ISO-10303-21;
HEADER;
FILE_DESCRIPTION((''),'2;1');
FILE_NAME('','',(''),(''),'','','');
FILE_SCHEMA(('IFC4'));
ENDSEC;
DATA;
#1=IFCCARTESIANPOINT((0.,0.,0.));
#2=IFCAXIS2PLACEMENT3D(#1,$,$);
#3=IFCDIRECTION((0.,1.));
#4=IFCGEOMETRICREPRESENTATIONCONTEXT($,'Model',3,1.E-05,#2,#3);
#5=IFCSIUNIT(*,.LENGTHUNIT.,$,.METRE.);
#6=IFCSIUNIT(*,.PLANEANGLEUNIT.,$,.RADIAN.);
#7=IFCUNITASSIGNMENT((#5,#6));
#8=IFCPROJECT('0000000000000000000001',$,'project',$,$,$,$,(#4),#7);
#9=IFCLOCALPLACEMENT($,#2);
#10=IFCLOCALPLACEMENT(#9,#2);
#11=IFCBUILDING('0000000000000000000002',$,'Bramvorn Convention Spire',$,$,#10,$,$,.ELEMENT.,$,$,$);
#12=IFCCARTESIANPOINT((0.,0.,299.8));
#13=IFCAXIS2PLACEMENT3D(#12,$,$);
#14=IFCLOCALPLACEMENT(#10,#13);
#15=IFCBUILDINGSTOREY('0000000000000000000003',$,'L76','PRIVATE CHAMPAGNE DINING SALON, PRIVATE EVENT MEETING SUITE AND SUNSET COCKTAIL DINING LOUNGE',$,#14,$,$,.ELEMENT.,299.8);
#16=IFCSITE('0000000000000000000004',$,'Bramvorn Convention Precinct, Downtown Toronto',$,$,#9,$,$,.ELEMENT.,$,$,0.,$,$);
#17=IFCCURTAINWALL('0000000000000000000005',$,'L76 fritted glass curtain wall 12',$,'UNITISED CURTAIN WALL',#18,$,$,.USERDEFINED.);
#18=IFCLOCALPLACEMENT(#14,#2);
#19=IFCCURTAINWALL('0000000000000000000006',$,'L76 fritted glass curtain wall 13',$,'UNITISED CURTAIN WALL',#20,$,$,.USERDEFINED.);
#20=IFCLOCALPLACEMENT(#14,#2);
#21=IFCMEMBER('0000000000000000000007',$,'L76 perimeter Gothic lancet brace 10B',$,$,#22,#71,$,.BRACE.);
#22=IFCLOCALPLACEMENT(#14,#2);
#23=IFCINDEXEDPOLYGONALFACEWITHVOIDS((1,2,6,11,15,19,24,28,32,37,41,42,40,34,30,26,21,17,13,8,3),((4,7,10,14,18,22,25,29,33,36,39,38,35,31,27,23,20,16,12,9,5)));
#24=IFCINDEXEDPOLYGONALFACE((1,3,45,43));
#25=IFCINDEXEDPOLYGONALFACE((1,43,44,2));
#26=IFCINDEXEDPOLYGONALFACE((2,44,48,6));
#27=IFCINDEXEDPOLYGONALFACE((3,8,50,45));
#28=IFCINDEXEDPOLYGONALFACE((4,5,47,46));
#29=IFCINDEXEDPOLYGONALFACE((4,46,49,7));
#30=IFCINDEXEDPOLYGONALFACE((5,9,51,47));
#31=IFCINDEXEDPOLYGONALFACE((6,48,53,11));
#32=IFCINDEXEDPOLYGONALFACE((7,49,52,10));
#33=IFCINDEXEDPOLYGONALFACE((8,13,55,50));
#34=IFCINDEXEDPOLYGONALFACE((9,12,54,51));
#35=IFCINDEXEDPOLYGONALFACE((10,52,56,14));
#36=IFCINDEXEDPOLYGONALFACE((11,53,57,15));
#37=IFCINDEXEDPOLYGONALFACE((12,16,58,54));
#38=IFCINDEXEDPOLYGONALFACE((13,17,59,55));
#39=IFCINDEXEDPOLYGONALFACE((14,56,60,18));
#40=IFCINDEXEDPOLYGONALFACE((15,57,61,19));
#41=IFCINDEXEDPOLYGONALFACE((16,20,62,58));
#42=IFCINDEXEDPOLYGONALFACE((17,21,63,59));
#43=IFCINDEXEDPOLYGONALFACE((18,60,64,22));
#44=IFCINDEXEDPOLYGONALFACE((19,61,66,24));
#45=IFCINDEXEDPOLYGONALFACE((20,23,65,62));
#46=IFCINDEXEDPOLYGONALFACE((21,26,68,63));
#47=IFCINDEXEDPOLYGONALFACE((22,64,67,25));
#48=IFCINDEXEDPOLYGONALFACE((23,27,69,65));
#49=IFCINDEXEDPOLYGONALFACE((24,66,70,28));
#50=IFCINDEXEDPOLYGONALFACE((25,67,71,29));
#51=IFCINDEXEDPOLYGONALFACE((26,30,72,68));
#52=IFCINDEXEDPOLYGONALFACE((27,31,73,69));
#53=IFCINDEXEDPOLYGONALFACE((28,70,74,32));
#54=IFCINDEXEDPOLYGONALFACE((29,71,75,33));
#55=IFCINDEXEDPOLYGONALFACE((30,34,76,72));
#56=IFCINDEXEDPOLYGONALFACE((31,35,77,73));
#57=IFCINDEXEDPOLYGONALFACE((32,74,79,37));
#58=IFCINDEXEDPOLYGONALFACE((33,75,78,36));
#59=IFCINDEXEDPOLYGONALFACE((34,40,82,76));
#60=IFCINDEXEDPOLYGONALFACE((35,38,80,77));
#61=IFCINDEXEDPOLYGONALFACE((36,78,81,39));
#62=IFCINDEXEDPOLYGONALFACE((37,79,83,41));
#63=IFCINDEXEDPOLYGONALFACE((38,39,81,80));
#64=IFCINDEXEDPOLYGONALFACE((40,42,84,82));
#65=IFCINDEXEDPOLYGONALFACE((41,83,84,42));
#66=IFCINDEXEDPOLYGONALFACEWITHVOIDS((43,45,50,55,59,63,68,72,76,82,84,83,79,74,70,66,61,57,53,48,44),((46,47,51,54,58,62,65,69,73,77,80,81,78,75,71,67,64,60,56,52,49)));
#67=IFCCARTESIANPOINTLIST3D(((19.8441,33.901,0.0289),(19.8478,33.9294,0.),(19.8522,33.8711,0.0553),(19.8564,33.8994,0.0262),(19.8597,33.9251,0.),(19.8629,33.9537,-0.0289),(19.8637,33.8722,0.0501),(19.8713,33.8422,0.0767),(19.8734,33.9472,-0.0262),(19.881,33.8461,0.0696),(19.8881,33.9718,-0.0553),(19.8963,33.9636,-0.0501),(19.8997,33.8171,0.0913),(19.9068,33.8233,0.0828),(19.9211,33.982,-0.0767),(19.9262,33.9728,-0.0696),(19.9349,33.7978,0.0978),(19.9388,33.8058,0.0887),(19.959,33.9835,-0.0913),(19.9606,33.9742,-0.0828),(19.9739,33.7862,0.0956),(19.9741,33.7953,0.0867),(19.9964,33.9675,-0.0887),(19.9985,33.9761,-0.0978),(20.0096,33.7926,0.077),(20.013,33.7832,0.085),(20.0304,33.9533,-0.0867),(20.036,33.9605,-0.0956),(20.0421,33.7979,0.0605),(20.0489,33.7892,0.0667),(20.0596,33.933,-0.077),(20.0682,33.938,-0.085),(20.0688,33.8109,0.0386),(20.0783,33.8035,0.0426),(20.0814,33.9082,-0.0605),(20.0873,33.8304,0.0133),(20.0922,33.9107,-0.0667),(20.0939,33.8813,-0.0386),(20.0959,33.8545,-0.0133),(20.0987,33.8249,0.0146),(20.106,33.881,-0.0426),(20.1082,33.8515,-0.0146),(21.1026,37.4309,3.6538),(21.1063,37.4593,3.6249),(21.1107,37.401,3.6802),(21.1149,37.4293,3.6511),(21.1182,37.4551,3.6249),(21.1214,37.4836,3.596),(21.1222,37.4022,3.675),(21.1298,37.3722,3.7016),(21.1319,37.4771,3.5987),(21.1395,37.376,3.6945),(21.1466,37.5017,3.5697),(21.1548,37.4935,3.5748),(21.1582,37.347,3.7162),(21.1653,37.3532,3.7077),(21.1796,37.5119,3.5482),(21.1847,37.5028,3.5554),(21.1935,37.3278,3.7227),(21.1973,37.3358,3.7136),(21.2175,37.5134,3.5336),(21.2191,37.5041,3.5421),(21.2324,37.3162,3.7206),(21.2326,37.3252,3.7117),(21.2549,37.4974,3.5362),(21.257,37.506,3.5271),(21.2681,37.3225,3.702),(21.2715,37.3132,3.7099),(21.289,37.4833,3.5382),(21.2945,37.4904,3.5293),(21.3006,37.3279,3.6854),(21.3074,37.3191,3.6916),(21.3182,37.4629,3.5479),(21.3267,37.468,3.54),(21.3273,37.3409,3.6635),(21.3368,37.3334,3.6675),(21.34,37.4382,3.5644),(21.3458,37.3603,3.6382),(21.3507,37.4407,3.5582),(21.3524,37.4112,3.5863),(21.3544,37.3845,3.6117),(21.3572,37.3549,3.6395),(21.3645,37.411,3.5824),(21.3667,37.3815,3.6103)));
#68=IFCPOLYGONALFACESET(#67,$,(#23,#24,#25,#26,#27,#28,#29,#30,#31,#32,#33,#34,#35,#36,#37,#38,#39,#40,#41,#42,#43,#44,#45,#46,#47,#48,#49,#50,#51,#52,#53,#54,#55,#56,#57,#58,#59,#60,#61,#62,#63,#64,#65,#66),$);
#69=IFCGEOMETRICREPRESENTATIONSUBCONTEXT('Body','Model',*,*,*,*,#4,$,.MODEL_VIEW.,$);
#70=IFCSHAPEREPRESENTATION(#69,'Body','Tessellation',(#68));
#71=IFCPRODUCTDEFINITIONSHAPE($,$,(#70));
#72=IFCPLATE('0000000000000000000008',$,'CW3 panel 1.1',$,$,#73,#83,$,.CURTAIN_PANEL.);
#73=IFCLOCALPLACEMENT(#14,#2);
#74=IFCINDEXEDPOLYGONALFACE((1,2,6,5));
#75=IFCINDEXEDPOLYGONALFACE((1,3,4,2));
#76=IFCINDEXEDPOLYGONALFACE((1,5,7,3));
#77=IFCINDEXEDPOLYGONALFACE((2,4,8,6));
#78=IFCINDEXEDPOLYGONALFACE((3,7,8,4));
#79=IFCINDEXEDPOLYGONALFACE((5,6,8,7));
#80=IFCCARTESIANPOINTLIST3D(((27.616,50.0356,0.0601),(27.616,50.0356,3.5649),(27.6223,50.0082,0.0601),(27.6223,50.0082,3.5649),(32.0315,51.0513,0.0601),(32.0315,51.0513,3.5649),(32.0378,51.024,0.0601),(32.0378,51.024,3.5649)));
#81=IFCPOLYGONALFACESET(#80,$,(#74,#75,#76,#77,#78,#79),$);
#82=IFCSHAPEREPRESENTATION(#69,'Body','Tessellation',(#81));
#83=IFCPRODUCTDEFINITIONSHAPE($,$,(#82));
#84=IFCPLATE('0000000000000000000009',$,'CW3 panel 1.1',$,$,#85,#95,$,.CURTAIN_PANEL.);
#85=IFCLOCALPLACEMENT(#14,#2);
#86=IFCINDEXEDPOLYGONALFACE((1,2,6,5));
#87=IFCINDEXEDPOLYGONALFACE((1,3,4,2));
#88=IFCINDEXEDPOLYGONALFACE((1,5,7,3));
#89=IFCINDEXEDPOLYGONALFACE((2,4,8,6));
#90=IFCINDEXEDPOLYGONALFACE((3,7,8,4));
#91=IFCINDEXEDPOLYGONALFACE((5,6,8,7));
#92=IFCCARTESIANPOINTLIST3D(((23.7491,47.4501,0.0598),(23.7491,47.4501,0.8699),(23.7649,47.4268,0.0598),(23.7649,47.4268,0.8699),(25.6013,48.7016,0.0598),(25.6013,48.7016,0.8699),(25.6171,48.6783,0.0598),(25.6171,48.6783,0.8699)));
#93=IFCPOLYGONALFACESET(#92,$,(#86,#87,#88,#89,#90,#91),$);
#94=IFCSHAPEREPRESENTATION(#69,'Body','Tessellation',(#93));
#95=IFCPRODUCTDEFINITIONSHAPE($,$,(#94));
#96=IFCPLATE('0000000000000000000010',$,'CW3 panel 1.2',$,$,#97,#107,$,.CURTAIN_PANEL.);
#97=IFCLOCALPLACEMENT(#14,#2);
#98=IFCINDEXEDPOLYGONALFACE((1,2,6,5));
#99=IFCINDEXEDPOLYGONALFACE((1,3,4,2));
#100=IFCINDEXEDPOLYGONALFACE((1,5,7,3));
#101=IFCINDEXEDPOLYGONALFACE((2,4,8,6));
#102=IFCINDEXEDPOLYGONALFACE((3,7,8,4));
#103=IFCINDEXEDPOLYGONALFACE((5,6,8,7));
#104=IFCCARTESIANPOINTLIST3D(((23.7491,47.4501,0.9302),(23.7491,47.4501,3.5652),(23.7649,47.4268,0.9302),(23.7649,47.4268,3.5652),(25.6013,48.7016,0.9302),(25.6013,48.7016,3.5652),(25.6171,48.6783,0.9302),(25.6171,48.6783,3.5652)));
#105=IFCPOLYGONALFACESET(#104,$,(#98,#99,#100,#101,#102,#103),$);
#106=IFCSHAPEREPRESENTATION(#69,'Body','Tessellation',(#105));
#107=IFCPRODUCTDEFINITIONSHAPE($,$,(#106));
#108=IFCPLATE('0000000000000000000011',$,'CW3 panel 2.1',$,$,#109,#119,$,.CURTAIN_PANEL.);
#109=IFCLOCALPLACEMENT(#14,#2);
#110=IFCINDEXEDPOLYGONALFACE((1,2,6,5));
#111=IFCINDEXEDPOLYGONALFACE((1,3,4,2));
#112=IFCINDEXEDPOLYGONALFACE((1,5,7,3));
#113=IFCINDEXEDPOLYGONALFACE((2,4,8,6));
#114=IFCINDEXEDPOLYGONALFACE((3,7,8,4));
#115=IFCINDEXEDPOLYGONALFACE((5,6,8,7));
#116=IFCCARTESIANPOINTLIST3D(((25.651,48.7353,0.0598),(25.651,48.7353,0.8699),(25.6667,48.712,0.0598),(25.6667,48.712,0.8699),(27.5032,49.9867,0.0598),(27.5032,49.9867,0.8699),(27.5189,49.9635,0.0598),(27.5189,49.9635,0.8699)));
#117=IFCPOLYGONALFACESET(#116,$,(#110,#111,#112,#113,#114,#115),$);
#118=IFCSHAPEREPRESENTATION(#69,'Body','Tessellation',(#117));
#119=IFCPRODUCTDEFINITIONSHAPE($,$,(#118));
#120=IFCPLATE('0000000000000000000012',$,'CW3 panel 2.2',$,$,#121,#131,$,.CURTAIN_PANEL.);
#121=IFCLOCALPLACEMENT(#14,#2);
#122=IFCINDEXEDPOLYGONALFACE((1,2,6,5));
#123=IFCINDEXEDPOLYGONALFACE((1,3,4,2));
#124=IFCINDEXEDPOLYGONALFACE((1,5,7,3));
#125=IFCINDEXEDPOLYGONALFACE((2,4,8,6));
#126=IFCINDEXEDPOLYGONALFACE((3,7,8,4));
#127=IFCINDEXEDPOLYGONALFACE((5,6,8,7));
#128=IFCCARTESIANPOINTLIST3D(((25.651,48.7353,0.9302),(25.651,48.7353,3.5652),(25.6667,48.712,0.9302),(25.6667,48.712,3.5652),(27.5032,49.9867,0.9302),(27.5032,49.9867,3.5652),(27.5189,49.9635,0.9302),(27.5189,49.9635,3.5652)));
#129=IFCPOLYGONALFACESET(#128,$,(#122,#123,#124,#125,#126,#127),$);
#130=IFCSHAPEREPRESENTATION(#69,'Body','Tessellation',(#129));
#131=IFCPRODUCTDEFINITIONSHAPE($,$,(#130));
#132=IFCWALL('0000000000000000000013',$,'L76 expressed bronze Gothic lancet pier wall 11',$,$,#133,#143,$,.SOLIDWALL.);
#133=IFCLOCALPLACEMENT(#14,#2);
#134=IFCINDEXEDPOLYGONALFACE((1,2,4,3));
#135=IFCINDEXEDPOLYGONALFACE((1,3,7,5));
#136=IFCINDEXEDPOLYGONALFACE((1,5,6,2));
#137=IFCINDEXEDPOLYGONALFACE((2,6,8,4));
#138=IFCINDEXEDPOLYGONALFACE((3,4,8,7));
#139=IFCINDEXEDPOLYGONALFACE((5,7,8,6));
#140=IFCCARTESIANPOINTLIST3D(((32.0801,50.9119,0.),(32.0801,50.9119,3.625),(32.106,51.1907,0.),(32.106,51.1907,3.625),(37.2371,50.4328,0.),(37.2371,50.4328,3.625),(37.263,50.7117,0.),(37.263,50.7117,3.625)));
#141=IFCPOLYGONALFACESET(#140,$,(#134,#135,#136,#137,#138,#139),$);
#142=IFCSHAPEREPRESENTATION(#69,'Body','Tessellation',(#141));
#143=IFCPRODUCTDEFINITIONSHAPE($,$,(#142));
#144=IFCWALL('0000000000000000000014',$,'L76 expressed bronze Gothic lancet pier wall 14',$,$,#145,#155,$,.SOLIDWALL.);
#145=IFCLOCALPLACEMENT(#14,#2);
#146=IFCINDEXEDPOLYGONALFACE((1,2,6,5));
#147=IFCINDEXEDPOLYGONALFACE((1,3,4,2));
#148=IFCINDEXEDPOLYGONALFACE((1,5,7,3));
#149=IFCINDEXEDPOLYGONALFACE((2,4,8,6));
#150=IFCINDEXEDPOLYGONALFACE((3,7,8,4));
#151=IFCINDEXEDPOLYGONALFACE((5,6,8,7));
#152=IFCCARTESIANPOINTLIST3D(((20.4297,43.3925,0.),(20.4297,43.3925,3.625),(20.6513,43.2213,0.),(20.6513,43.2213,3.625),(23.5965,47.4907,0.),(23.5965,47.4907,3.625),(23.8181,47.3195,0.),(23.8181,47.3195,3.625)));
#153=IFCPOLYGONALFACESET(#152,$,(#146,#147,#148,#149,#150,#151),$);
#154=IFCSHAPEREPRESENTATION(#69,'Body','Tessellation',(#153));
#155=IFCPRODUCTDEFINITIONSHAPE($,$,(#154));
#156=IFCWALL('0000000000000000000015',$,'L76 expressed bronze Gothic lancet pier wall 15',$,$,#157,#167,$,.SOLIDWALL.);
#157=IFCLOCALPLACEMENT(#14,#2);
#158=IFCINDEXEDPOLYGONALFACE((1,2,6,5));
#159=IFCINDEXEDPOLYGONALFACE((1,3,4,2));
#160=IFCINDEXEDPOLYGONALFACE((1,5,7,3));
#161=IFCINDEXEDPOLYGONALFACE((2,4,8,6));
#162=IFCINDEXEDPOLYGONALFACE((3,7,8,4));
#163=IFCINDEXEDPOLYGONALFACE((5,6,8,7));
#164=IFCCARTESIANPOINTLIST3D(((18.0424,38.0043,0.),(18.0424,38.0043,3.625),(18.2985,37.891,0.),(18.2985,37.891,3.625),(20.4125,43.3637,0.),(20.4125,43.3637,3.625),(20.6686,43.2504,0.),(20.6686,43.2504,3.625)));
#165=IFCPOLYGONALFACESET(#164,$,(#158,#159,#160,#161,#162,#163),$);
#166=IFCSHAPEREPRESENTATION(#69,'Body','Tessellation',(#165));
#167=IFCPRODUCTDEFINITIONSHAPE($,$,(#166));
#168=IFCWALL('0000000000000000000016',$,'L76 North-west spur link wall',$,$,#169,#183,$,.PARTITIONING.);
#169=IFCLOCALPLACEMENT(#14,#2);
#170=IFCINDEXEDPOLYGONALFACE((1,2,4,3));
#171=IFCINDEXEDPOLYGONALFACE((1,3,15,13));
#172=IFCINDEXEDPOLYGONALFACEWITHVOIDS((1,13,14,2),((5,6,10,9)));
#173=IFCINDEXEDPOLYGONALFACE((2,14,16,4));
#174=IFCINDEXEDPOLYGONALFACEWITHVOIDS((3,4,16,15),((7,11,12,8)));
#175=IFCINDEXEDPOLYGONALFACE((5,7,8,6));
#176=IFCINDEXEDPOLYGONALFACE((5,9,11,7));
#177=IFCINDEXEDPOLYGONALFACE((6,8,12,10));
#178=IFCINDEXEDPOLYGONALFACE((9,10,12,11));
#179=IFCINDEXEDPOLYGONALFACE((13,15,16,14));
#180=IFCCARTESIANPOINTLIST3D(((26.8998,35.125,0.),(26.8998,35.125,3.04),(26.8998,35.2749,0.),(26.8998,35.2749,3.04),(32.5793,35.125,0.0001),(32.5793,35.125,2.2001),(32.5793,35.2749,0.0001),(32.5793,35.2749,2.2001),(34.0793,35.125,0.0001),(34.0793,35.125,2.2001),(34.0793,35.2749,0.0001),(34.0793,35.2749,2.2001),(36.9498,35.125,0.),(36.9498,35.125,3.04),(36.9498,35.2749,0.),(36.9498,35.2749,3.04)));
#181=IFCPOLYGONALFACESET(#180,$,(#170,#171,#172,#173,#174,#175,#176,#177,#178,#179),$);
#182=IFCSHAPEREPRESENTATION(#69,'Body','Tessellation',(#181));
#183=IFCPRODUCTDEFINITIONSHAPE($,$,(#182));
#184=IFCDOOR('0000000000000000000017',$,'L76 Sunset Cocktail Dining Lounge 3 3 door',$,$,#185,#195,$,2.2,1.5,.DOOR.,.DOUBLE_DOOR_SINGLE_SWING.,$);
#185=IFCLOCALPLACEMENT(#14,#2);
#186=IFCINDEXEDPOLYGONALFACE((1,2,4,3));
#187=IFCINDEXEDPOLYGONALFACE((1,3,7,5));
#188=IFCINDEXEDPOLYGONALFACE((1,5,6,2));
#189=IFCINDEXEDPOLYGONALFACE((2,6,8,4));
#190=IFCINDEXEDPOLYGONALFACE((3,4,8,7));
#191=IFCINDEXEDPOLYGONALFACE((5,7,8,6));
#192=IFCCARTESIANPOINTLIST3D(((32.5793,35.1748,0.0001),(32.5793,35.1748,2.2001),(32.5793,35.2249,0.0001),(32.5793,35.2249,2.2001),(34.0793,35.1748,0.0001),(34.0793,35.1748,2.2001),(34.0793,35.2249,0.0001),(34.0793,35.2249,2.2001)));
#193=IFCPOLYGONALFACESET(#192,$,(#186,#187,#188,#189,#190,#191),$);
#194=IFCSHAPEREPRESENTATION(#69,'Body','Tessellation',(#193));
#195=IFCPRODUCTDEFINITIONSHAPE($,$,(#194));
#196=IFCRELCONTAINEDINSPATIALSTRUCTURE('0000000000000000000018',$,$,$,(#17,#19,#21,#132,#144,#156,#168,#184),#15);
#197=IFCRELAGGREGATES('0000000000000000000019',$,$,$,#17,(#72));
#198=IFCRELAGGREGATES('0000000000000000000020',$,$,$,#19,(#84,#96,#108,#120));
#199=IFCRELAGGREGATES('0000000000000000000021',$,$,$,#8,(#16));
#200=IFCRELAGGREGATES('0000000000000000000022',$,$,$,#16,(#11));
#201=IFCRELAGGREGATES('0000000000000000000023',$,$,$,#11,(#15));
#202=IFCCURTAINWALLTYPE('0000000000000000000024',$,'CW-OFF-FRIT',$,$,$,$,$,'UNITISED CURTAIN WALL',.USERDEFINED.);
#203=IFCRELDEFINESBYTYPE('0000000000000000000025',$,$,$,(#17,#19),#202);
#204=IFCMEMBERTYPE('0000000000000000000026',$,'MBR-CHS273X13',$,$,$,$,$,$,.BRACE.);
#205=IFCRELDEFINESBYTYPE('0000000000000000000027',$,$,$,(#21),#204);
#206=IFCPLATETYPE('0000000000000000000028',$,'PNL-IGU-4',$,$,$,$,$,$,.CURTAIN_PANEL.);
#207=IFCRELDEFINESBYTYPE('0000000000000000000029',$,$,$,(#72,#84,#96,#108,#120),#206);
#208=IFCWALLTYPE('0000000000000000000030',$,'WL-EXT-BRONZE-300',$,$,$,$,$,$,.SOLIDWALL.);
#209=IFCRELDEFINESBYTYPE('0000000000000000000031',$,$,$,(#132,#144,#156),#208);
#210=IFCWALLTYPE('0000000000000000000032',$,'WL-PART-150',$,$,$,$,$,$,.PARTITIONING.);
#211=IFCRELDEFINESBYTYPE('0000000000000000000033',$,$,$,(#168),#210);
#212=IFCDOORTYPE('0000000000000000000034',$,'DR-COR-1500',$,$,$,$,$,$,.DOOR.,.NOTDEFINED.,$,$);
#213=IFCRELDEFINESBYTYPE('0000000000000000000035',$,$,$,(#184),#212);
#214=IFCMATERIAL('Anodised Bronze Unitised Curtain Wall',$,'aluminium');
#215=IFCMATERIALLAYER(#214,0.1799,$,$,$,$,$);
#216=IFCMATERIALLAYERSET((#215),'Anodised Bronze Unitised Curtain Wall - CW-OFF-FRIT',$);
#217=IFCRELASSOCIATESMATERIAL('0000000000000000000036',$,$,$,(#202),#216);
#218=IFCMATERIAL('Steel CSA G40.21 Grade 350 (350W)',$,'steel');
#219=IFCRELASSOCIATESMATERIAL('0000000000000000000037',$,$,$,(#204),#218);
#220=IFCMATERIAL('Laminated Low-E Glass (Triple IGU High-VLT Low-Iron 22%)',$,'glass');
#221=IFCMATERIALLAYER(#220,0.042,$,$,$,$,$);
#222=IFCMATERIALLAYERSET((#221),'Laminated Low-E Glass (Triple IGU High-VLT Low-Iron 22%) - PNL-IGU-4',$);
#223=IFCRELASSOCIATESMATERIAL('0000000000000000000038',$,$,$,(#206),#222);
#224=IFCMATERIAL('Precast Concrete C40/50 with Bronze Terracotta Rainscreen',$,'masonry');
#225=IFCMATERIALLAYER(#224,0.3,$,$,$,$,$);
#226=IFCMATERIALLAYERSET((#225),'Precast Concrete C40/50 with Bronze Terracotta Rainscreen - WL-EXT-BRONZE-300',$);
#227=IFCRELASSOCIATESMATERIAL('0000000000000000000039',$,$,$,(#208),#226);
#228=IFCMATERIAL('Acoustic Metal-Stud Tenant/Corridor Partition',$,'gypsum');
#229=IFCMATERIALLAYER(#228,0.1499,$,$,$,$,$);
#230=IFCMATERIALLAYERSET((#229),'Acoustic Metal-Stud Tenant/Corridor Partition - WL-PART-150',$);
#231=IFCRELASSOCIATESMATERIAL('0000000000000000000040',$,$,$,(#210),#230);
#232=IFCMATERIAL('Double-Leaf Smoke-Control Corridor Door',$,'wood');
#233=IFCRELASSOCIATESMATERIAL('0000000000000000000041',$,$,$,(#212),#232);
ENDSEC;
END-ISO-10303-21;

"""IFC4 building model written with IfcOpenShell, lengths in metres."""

from ifc_helpers import new_model, si_unit, direction, frame, frame_2d, origin, origin_2d, place, context, subcontext, project, spatial, rectangle, hollow_circle, extrude, material, layer, layer_set, material_profile, profile_set, type_object, element, fill, aggregate, save


model = new_model("IFC4")

# Units and contexts
model_context = context("Model", 3, precision=1e-05, world=origin(), true_north=direction((0.0, 1.0)))
body_context = subcontext(model_context, "Body", "Model", "MODEL_VIEW")
ifc_project = project(units=[si_unit("LENGTHUNIT", "METRE"), si_unit("PLANEANGLEUNIT", "RADIAN")], contexts=[model_context])

# Site, building, storey
site_placement = place(None, origin())
site = spatial("IfcSite", under=ifc_project, at=site_placement, Name="Bramvorn Convention Precinct, Downtown Toronto", CompositionType="ELEMENT", RefElevation=0.0)
building_placement = place(site_placement, origin())
building = spatial("IfcBuilding", under=site, at=building_placement, Name="Bramvorn Convention Spire", CompositionType="ELEMENT")
storey_placement = place(building_placement, frame((0.0, 0.0, 299.8)))
storey = spatial("IfcBuildingStorey", under=building, at=storey_placement, Name="L76", Description="PRIVATE CHAMPAGNE DINING SALON, PRIVATE EVENT MEETING SUITE AND SUNSET COCKTAIL DINING LOUNGE", CompositionType="ELEMENT", Elevation=299.8)

# Shared definitions
ifc_material_1 = material(Name="Steel CSA G40.21 Grade 350 (350W)", Category="steel")

# Curtain walls
ifc_material_2 = material(Name="Anodised Bronze Unitised Curtain Wall", Category="aluminium")
ifc_layer_1 = layer(ifc_material_2, 0.1799)
ifc_layer_set_1 = layer_set([ifc_layer_1], Name="Anodised Bronze Unitised Curtain Wall - CW-OFF-FRIT")
curtain_wall_type = type_object("IfcCurtainWallType", Name="CW-OFF-FRIT", ElementType="UNITISED CURTAIN WALL", PredefinedType="USERDEFINED", material=ifc_layer_set_1)
curtain_wall_1_placement = place(storey_placement, origin())
curtain_wall_1 = element("IfcCurtainWall", 1, at=curtain_wall_1_placement, inside=storey, type_object=curtain_wall_type, Name="L76 fritted glass curtain wall 12", ObjectType="UNITISED CURTAIN WALL", PredefinedType="USERDEFINED")
curtain_wall_2_placement = place(storey_placement, origin())
curtain_wall_2 = element("IfcCurtainWall", 2, at=curtain_wall_2_placement, inside=storey, type_object=curtain_wall_type, Name="L76 fritted glass curtain wall 13", ObjectType="UNITISED CURTAIN WALL", PredefinedType="USERDEFINED")

# Member
ifc_material_profile_1 = material_profile(ifc_material_1, hollow_circle(Radius=0.1365, WallThickness=0.0127, at=origin_2d()))
ifc_profile_set_1 = profile_set([ifc_material_profile_1], Name="Steel CSA G40.21 Grade 350 (350W) - CHS273X13")
member_type_1 = type_object("IfcMemberType", Name="MBR-CHS273X13", PredefinedType="BRACE", material=ifc_profile_set_1)
member_1_placement = place(storey_placement, frame((19.9763, 33.8835, 0.0), z_axis=(0.241379, 0.677031, 0.695245), x_axis=(-0.941926, 0.33582, 0.0)))
element("IfcMember", 3, at=member_1_placement, inside=storey, type_object=member_type_1, Name="L76 perimeter Gothic lancet brace 10B", PredefinedType="BRACE", context=body_context, shape_type="SweptSolid", body=[
    extrude(hollow_circle(Radius=0.1365, WallThickness=0.0127, at=origin_2d()), origin(), (0.0, 0.0, 1.0), 5.2139),
])

# Plates
ifc_material_3 = material(Name="Laminated Low-E Glass (Triple IGU High-VLT Low-Iron 22%)", Category="glass")
ifc_layer_2 = layer(ifc_material_3, 0.042)
ifc_layer_set_2 = layer_set([ifc_layer_2], Name="Laminated Low-E Glass (Triple IGU High-VLT Low-Iron 22%) - PNL-IGU-4")
plate_type = type_object("IfcPlateType", Name="PNL-IGU-4", PredefinedType="CURTAIN_PANEL", material=ifc_layer_set_2)
plate_1_placement = place(storey_placement, frame((29.8269, 50.5298, 0.0601), z_axis=(0.0, 0.0, 1.0), x_axis=(0.974547, 0.224183, 0.0)))
plate_1 = element("IfcPlate", 4, at=plate_1_placement, type_object=plate_type, Name="CW3 panel 1.1", PredefinedType="CURTAIN_PANEL", context=body_context, shape_type="SweptSolid", body=[
    extrude(rectangle(XDim=4.5308, YDim=0.0281, at=origin_2d()), origin(), (0.0, 0.0, 1.0), 3.5049),
])
aggregate(curtain_wall_1, [plate_1])
plate_2_placement = place(storey_placement, frame((24.6831, 48.0642, 0.0598), z_axis=(0.0, 0.0, 1.0), x_axis=(0.828594, 0.55985, 0.0)))
plate_2 = element("IfcPlate", 5, at=plate_2_placement, type_object=plate_type, Name="CW3 panel 1.1", PredefinedType="CURTAIN_PANEL", context=body_context, shape_type="SweptSolid", body=[
    extrude(rectangle(XDim=2.2354, YDim=0.0281, at=origin_2d()), origin(), (0.0, 0.0, 1.0), 0.8101),
])
plate_3_placement = place(storey_placement, frame((24.6831, 48.0642, 0.9302), z_axis=(0.0, 0.0, 1.0), x_axis=(0.828594, 0.55985, 0.0)))
plate_3 = element("IfcPlate", 6, at=plate_3_placement, type_object=plate_type, Name="CW3 panel 1.2", PredefinedType="CURTAIN_PANEL", context=body_context, shape_type="SweptSolid", body=[
    extrude(rectangle(XDim=2.2354, YDim=0.0281, at=origin_2d()), origin(), (0.0, 0.0, 1.0), 2.635),
])
plate_4_placement = place(storey_placement, frame((26.585, 49.3494, 0.0598), z_axis=(0.0, 0.0, 1.0), x_axis=(0.828594, 0.55985, 0.0)))
plate_4 = element("IfcPlate", 7, at=plate_4_placement, type_object=plate_type, Name="CW3 panel 2.1", PredefinedType="CURTAIN_PANEL", context=body_context, shape_type="SweptSolid", body=[
    extrude(rectangle(XDim=2.2354, YDim=0.0281, at=origin_2d()), origin(), (0.0, 0.0, 1.0), 0.8101),
])
plate_5_placement = place(storey_placement, frame((26.585, 49.3494, 0.9302), z_axis=(0.0, 0.0, 1.0), x_axis=(0.828594, 0.55985, 0.0)))
plate_5 = element("IfcPlate", 8, at=plate_5_placement, type_object=plate_type, Name="CW3 panel 2.2", PredefinedType="CURTAIN_PANEL", context=body_context, shape_type="SweptSolid", body=[
    extrude(rectangle(XDim=2.2354, YDim=0.0281, at=origin_2d()), origin(), (0.0, 0.0, 1.0), 2.635),
])
aggregate(curtain_wall_2, [plate_2, plate_3, plate_4, plate_5])

# Walls
ifc_material_4 = material(Name="Precast Concrete C40/50 with Bronze Terracotta Rainscreen", Category="masonry")
ifc_layer_3 = layer(ifc_material_4, 0.3)
ifc_layer_set_3 = layer_set([ifc_layer_3], Name="Precast Concrete C40/50 with Bronze Terracotta Rainscreen - WL-EXT-BRONZE-300")
wall_type_1 = type_object("IfcWallType", Name="WL-EXT-BRONZE-300", PredefinedType="SOLIDWALL", material=ifc_layer_set_3)
for number, where, z_axis, x_axis, name in (
    (9, (32.093, 51.0513, 0.0), (0.0, 0.0, 1.0), (0.995714, -0.092486, 0.0), "L76 expressed bronze Gothic lancet pier wall 11"),
    (10, (20.5405, 43.3069, 0.0), (0.0, 0.0, 1.0), (0.611448, 0.791285, 0.0), "L76 expressed bronze Gothic lancet pier wall 14"),
):
    element("IfcWall", number, at=place(storey_placement, frame(where, z_axis=z_axis, x_axis=x_axis)), inside=storey, type_object=wall_type_1, Name=name, PredefinedType="SOLIDWALL", context=body_context, shape_type="SweptSolid", body=[
        extrude(rectangle(XDim=5.1792, YDim=0.28, at=frame_2d((2.5896, 0.0))), origin(), (0.0, 0.0, 1.0), 3.625),
    ])
wall_1_placement = place(storey_placement, frame((18.1704, 37.9475, 0.0), z_axis=(0.0, 0.0, 1.0), x_axis=(0.404452, 0.914559, 0.0)))
element("IfcWall", 11, at=wall_1_placement, inside=storey, type_object=wall_type_1, Name="L76 expressed bronze Gothic lancet pier wall 15", PredefinedType="SOLIDWALL", context=body_context, shape_type="SweptSolid", body=[
    extrude(rectangle(XDim=5.8601, YDim=0.28, at=frame_2d((2.9302, 0.0))), origin(), (0.0, 0.0, 1.0), 3.625),
])

# Wall, opening, door
ifc_material_5 = material(Name="Acoustic Metal-Stud Tenant/Corridor Partition", Category="gypsum")
ifc_layer_4 = layer(ifc_material_5, 0.1499)
ifc_layer_set_4 = layer_set([ifc_layer_4], Name="Acoustic Metal-Stud Tenant/Corridor Partition - WL-PART-150")
wall_type_2 = type_object("IfcWallType", Name="WL-PART-150", PredefinedType="PARTITIONING", material=ifc_layer_set_4)
wall_2_placement = place(storey_placement, frame((26.8999, 35.2, 0.0), z_axis=(0.0, 0.0, 1.0), x_axis=(1.0, 0.0, 0.0)))
wall_2 = element("IfcWall", 12, at=wall_2_placement, inside=storey, type_object=wall_type_2, Name="L76 North-west spur link wall", PredefinedType="PARTITIONING", context=body_context, shape_type="SweptSolid", body=[
    extrude(rectangle(XDim=10.05, YDim=0.1499, at=frame_2d((5.0249, 0.0))), origin(), (0.0, 0.0, 1.0), 3.04),
])
opening_placement = place(wall_2_placement, frame((5.6794, 0.0, 0.0)))
opening = element("IfcOpeningElement", 13, at=opening_placement, cuts=wall_2, PredefinedType="OPENING", context=body_context, shape_type="SweptSolid", body=[
    extrude(rectangle(XDim=1.5, YDim=2.2, at=frame_2d((0.75, 1.1001))), frame((0.0, 0.085, 0.0), z_axis=(0.0, -1.0, 0.0), x_axis=(1.0, 0.0, 0.0)), (0.0, 0.0, 1.0), 0.1699),
])
ifc_material_6 = material(Name="Double-Leaf Smoke-Control Corridor Door", Category="wood")
door_type = type_object("IfcDoorType", Name="DR-COR-1500", OperationType="NOTDEFINED", PredefinedType="DOOR", material=ifc_material_6)
door_placement = place(opening_placement, origin())
door = element("IfcDoor", 14, at=door_placement, inside=storey, type_object=door_type, Name="L76 Sunset Cocktail Dining Lounge 3 3 door", OperationType="DOUBLE_DOOR_SINGLE_SWING", OverallHeight=2.2, OverallWidth=1.5, PredefinedType="DOOR", context=body_context, shape_type="SweptSolid", body=[
    extrude(rectangle(XDim=1.5, YDim=2.2, at=frame_2d((0.75, 1.1001))), frame((0.0, 0.0249, 0.0), z_axis=(0.0, -1.0, 0.0), x_axis=(1.0, 0.0, 0.0)), (0.0, 0.0, 1.0), 0.05),
])
fill(opening, door)

save(model, "model.ifc")
